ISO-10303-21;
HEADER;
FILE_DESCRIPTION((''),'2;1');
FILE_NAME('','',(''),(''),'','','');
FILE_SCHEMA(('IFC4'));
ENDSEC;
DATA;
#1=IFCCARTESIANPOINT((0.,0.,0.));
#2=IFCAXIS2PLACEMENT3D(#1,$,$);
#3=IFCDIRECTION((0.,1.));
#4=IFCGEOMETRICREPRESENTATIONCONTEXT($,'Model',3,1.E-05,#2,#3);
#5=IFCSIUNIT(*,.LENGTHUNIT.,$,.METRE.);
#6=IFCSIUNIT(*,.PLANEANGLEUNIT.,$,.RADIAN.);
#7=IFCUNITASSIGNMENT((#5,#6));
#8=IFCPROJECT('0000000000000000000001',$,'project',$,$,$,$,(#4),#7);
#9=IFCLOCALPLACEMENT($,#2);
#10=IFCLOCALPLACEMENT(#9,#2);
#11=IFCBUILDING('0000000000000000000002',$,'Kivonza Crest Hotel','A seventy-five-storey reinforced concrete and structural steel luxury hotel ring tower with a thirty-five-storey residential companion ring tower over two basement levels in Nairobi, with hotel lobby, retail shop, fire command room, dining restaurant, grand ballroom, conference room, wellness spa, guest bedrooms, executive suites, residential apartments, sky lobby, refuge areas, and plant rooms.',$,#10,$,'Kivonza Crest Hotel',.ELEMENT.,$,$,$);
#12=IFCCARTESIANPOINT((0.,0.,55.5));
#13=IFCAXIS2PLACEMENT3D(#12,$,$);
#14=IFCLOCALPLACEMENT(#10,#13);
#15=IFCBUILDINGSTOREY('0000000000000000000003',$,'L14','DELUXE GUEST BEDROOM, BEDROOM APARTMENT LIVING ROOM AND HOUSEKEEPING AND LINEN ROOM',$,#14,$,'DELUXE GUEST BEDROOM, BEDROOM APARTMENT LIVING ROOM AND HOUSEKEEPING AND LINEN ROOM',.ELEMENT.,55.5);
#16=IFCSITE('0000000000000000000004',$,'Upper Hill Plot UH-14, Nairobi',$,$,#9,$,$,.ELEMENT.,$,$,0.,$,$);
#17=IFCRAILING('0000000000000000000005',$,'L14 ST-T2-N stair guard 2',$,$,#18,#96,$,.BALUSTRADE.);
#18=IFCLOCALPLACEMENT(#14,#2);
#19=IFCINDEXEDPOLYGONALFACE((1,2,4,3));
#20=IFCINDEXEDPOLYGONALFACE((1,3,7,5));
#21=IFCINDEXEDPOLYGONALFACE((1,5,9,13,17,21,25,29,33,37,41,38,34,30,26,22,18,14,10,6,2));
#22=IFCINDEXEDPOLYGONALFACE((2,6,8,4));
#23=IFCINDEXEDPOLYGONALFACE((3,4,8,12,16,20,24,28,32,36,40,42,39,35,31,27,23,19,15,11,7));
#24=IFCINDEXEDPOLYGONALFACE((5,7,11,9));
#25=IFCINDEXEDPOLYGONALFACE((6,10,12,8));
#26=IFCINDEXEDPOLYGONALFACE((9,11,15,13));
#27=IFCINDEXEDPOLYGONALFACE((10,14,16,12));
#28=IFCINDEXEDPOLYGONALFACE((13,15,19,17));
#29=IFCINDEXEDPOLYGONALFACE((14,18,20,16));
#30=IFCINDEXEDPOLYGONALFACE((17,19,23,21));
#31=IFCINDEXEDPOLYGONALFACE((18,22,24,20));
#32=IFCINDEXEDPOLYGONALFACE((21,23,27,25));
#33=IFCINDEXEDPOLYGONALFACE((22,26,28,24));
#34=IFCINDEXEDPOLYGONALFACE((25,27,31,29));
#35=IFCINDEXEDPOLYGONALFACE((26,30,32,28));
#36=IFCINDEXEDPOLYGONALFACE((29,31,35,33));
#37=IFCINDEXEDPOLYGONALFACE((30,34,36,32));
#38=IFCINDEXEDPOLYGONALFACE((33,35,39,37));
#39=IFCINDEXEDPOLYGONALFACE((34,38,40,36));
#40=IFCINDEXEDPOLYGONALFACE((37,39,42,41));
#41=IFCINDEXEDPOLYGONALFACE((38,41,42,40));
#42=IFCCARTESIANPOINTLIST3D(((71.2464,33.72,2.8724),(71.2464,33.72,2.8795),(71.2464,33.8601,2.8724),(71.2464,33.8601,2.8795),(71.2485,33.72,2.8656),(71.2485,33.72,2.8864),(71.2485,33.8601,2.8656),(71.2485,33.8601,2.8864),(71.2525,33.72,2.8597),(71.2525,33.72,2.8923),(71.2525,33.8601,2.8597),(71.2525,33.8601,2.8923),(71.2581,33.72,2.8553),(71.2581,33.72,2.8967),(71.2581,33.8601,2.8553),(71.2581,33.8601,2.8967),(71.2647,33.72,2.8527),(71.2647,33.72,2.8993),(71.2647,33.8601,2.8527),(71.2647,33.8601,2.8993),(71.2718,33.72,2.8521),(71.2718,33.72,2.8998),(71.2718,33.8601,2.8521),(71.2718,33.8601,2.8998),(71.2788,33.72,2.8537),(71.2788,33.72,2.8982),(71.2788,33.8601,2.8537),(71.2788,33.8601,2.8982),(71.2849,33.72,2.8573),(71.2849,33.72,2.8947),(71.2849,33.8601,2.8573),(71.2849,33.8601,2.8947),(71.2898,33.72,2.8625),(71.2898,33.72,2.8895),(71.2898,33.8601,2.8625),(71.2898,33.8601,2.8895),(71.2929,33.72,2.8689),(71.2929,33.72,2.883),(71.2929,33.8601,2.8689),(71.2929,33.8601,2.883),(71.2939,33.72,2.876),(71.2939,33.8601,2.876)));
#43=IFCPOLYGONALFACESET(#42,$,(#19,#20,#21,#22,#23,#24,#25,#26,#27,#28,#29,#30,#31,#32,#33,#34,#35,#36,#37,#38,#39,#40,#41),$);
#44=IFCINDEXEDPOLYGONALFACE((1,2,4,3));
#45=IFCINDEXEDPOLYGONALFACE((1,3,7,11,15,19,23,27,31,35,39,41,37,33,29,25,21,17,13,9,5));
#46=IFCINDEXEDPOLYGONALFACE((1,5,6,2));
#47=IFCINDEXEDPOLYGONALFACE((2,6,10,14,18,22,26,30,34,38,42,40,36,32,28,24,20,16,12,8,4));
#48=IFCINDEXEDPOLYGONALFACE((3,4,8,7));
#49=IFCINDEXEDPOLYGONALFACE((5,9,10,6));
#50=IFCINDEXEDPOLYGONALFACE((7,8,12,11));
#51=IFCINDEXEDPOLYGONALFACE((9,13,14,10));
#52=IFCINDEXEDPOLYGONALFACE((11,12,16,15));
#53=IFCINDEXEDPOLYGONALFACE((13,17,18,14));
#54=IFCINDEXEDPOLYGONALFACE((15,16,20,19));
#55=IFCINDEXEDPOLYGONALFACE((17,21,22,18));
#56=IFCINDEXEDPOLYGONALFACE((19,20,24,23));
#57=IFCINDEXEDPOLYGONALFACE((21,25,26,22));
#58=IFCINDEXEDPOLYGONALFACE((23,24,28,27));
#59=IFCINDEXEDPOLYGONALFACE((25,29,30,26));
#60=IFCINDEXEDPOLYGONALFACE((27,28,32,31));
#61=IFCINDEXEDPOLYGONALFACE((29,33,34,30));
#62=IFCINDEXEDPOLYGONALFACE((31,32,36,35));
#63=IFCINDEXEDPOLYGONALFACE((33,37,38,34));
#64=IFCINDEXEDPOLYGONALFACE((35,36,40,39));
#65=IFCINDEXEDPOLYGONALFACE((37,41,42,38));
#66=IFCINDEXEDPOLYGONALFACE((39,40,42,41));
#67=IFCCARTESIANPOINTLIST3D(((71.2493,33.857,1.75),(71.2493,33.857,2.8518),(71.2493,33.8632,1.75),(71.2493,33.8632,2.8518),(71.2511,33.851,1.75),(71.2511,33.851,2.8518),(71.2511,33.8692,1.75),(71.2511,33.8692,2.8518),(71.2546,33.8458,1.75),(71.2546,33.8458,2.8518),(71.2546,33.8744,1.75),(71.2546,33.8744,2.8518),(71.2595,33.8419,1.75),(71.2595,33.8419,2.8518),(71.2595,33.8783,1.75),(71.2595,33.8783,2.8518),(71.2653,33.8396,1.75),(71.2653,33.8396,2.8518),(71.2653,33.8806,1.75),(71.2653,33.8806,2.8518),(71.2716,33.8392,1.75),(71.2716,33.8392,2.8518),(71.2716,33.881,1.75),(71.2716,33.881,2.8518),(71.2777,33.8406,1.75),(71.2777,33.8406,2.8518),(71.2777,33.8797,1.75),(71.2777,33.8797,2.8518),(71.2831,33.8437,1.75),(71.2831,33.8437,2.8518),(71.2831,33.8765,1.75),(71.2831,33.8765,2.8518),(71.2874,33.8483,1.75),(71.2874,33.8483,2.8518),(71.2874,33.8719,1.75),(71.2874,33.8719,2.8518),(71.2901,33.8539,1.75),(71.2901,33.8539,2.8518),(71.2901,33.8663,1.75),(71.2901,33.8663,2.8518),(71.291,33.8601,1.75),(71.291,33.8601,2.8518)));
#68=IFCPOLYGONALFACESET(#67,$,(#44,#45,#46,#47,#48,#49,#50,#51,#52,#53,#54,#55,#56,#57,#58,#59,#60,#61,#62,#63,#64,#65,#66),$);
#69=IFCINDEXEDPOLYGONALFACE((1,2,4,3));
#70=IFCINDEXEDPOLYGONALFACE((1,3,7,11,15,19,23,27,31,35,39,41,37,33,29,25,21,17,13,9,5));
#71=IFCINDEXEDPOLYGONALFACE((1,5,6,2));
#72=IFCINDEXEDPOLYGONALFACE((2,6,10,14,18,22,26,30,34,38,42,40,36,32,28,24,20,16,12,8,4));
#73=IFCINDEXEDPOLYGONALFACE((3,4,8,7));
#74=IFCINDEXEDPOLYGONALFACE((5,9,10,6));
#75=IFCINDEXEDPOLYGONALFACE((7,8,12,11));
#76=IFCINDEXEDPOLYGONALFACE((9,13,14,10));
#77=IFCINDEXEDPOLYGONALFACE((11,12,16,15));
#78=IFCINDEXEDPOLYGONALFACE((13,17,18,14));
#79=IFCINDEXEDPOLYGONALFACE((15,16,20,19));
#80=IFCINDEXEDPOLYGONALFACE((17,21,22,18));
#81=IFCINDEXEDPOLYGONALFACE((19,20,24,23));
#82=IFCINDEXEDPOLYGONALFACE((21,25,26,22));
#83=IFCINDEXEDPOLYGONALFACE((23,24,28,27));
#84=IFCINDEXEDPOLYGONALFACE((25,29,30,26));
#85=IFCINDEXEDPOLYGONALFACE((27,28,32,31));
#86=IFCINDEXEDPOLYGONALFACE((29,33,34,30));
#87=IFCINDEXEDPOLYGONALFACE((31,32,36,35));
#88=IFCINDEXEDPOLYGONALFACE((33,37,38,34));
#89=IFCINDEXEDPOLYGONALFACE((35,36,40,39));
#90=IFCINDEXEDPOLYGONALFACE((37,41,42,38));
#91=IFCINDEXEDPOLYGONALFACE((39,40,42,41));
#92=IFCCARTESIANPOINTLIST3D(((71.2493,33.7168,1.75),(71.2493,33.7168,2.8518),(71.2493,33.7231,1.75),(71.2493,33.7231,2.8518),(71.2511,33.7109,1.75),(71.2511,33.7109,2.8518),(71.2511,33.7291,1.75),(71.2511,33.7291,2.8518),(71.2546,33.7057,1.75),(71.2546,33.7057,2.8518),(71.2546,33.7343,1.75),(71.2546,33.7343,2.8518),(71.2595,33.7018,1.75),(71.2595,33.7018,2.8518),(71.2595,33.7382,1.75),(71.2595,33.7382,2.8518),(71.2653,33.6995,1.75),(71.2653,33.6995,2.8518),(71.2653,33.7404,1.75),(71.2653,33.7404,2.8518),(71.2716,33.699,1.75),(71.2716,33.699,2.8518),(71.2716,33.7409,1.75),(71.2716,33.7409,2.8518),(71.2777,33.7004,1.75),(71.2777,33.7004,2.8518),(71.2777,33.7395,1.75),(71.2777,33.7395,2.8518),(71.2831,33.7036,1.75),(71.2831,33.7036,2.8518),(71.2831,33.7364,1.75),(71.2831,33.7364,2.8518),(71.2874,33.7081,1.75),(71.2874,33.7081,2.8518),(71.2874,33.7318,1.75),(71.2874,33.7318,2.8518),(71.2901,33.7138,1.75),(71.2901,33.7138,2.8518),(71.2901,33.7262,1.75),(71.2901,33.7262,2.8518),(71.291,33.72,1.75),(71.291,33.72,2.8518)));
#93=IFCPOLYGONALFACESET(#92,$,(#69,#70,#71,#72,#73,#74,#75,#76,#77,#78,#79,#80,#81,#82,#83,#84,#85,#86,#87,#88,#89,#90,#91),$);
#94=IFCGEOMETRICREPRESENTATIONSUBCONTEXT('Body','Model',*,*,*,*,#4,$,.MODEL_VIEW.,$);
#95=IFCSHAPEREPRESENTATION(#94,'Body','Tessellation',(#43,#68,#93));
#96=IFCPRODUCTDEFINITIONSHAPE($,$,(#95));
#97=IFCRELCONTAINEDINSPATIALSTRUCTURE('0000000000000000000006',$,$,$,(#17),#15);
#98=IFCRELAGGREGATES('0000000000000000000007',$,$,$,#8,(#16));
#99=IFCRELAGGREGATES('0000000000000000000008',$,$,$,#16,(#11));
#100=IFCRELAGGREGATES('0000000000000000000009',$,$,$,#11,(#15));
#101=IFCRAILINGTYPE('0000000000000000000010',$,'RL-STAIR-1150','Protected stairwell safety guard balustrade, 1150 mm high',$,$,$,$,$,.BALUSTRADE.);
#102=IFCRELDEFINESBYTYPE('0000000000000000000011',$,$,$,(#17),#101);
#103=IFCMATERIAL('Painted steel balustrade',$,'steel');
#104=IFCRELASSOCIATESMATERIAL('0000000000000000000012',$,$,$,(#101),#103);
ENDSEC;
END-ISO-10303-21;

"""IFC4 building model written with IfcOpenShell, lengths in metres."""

from ifc_helpers import new_model, si_unit, direction, frame, origin, origin_2d, place, context, subcontext, project, spatial, circle, extrude, material, type_object, element, save


model = new_model("IFC4")

# Units and contexts
model_context = context("Model", 3, precision=1e-05, world=origin(), true_north=direction((0.0, 1.0)))
body_context = subcontext(model_context, "Body", "Model", "MODEL_VIEW")
ifc_project = project(units=[si_unit("LENGTHUNIT", "METRE"), si_unit("PLANEANGLEUNIT", "RADIAN")], contexts=[model_context])

# Site, building, storey
site_placement = place(None, origin())
site = spatial("IfcSite", under=ifc_project, at=site_placement, Name="Upper Hill Plot UH-14, Nairobi", CompositionType="ELEMENT", RefElevation=0.0)
building_placement = place(site_placement, origin())
building = spatial("IfcBuilding", under=site, at=building_placement, Name="Kivonza Crest Hotel", Description="A seventy-five-storey reinforced concrete and structural steel luxury hotel ring tower with a thirty-five-storey residential companion ring tower over two basement levels in Nairobi, with hotel lobby, retail shop, fire command room, dining restaurant, grand ballroom, conference room, wellness spa, guest bedrooms, executive suites, residential apartments, sky lobby, refuge areas, and plant rooms.", LongName="Kivonza Crest Hotel", CompositionType="ELEMENT")
storey_placement = place(building_placement, frame((0.0, 0.0, 55.5)))
storey = spatial("IfcBuildingStorey", under=building, at=storey_placement, Name="L14", Description="DELUXE GUEST BEDROOM, BEDROOM APARTMENT LIVING ROOM AND HOUSEKEEPING AND LINEN ROOM", LongName="DELUXE GUEST BEDROOM, BEDROOM APARTMENT LIVING ROOM AND HOUSEKEEPING AND LINEN ROOM", CompositionType="ELEMENT", Elevation=55.5)

# Railing
ifc_material_1 = material(Name="Painted steel balustrade", Category="steel")
railing_type_1 = type_object("IfcRailingType", Name="RL-STAIR-1150", Description="Protected stairwell safety guard balustrade, 1150 mm high", PredefinedType="BALUSTRADE", material=ifc_material_1)
railing_1_placement = place(storey_placement, frame((71.27, 33.8601, 1.75)))
element("IfcRailing", 1, at=railing_1_placement, inside=storey, type_object=railing_type_1, Name="L14 ST-T2-N stair guard 2", PredefinedType="BALUSTRADE", context=body_context, shape_type="SweptSolid", body=[
    extrude(circle(Radius=0.0239, at=origin_2d()), frame((0.0, 0.0, 1.126), z_axis=(0.0, -1.0, 0.0), x_axis=(1.0, 0.0, 0.0)), (0.0, 0.0, 1.0), 0.1401),
    extrude(circle(Radius=0.021, at=origin_2d()), origin(), (0.0, 0.0, 1.0), 1.1018),
    extrude(circle(Radius=0.021, at=origin_2d()), frame((0.0, -0.1401, 0.0)), (0.0, 0.0, 1.0), 1.1018),
])

save(model, "model.ifc")
